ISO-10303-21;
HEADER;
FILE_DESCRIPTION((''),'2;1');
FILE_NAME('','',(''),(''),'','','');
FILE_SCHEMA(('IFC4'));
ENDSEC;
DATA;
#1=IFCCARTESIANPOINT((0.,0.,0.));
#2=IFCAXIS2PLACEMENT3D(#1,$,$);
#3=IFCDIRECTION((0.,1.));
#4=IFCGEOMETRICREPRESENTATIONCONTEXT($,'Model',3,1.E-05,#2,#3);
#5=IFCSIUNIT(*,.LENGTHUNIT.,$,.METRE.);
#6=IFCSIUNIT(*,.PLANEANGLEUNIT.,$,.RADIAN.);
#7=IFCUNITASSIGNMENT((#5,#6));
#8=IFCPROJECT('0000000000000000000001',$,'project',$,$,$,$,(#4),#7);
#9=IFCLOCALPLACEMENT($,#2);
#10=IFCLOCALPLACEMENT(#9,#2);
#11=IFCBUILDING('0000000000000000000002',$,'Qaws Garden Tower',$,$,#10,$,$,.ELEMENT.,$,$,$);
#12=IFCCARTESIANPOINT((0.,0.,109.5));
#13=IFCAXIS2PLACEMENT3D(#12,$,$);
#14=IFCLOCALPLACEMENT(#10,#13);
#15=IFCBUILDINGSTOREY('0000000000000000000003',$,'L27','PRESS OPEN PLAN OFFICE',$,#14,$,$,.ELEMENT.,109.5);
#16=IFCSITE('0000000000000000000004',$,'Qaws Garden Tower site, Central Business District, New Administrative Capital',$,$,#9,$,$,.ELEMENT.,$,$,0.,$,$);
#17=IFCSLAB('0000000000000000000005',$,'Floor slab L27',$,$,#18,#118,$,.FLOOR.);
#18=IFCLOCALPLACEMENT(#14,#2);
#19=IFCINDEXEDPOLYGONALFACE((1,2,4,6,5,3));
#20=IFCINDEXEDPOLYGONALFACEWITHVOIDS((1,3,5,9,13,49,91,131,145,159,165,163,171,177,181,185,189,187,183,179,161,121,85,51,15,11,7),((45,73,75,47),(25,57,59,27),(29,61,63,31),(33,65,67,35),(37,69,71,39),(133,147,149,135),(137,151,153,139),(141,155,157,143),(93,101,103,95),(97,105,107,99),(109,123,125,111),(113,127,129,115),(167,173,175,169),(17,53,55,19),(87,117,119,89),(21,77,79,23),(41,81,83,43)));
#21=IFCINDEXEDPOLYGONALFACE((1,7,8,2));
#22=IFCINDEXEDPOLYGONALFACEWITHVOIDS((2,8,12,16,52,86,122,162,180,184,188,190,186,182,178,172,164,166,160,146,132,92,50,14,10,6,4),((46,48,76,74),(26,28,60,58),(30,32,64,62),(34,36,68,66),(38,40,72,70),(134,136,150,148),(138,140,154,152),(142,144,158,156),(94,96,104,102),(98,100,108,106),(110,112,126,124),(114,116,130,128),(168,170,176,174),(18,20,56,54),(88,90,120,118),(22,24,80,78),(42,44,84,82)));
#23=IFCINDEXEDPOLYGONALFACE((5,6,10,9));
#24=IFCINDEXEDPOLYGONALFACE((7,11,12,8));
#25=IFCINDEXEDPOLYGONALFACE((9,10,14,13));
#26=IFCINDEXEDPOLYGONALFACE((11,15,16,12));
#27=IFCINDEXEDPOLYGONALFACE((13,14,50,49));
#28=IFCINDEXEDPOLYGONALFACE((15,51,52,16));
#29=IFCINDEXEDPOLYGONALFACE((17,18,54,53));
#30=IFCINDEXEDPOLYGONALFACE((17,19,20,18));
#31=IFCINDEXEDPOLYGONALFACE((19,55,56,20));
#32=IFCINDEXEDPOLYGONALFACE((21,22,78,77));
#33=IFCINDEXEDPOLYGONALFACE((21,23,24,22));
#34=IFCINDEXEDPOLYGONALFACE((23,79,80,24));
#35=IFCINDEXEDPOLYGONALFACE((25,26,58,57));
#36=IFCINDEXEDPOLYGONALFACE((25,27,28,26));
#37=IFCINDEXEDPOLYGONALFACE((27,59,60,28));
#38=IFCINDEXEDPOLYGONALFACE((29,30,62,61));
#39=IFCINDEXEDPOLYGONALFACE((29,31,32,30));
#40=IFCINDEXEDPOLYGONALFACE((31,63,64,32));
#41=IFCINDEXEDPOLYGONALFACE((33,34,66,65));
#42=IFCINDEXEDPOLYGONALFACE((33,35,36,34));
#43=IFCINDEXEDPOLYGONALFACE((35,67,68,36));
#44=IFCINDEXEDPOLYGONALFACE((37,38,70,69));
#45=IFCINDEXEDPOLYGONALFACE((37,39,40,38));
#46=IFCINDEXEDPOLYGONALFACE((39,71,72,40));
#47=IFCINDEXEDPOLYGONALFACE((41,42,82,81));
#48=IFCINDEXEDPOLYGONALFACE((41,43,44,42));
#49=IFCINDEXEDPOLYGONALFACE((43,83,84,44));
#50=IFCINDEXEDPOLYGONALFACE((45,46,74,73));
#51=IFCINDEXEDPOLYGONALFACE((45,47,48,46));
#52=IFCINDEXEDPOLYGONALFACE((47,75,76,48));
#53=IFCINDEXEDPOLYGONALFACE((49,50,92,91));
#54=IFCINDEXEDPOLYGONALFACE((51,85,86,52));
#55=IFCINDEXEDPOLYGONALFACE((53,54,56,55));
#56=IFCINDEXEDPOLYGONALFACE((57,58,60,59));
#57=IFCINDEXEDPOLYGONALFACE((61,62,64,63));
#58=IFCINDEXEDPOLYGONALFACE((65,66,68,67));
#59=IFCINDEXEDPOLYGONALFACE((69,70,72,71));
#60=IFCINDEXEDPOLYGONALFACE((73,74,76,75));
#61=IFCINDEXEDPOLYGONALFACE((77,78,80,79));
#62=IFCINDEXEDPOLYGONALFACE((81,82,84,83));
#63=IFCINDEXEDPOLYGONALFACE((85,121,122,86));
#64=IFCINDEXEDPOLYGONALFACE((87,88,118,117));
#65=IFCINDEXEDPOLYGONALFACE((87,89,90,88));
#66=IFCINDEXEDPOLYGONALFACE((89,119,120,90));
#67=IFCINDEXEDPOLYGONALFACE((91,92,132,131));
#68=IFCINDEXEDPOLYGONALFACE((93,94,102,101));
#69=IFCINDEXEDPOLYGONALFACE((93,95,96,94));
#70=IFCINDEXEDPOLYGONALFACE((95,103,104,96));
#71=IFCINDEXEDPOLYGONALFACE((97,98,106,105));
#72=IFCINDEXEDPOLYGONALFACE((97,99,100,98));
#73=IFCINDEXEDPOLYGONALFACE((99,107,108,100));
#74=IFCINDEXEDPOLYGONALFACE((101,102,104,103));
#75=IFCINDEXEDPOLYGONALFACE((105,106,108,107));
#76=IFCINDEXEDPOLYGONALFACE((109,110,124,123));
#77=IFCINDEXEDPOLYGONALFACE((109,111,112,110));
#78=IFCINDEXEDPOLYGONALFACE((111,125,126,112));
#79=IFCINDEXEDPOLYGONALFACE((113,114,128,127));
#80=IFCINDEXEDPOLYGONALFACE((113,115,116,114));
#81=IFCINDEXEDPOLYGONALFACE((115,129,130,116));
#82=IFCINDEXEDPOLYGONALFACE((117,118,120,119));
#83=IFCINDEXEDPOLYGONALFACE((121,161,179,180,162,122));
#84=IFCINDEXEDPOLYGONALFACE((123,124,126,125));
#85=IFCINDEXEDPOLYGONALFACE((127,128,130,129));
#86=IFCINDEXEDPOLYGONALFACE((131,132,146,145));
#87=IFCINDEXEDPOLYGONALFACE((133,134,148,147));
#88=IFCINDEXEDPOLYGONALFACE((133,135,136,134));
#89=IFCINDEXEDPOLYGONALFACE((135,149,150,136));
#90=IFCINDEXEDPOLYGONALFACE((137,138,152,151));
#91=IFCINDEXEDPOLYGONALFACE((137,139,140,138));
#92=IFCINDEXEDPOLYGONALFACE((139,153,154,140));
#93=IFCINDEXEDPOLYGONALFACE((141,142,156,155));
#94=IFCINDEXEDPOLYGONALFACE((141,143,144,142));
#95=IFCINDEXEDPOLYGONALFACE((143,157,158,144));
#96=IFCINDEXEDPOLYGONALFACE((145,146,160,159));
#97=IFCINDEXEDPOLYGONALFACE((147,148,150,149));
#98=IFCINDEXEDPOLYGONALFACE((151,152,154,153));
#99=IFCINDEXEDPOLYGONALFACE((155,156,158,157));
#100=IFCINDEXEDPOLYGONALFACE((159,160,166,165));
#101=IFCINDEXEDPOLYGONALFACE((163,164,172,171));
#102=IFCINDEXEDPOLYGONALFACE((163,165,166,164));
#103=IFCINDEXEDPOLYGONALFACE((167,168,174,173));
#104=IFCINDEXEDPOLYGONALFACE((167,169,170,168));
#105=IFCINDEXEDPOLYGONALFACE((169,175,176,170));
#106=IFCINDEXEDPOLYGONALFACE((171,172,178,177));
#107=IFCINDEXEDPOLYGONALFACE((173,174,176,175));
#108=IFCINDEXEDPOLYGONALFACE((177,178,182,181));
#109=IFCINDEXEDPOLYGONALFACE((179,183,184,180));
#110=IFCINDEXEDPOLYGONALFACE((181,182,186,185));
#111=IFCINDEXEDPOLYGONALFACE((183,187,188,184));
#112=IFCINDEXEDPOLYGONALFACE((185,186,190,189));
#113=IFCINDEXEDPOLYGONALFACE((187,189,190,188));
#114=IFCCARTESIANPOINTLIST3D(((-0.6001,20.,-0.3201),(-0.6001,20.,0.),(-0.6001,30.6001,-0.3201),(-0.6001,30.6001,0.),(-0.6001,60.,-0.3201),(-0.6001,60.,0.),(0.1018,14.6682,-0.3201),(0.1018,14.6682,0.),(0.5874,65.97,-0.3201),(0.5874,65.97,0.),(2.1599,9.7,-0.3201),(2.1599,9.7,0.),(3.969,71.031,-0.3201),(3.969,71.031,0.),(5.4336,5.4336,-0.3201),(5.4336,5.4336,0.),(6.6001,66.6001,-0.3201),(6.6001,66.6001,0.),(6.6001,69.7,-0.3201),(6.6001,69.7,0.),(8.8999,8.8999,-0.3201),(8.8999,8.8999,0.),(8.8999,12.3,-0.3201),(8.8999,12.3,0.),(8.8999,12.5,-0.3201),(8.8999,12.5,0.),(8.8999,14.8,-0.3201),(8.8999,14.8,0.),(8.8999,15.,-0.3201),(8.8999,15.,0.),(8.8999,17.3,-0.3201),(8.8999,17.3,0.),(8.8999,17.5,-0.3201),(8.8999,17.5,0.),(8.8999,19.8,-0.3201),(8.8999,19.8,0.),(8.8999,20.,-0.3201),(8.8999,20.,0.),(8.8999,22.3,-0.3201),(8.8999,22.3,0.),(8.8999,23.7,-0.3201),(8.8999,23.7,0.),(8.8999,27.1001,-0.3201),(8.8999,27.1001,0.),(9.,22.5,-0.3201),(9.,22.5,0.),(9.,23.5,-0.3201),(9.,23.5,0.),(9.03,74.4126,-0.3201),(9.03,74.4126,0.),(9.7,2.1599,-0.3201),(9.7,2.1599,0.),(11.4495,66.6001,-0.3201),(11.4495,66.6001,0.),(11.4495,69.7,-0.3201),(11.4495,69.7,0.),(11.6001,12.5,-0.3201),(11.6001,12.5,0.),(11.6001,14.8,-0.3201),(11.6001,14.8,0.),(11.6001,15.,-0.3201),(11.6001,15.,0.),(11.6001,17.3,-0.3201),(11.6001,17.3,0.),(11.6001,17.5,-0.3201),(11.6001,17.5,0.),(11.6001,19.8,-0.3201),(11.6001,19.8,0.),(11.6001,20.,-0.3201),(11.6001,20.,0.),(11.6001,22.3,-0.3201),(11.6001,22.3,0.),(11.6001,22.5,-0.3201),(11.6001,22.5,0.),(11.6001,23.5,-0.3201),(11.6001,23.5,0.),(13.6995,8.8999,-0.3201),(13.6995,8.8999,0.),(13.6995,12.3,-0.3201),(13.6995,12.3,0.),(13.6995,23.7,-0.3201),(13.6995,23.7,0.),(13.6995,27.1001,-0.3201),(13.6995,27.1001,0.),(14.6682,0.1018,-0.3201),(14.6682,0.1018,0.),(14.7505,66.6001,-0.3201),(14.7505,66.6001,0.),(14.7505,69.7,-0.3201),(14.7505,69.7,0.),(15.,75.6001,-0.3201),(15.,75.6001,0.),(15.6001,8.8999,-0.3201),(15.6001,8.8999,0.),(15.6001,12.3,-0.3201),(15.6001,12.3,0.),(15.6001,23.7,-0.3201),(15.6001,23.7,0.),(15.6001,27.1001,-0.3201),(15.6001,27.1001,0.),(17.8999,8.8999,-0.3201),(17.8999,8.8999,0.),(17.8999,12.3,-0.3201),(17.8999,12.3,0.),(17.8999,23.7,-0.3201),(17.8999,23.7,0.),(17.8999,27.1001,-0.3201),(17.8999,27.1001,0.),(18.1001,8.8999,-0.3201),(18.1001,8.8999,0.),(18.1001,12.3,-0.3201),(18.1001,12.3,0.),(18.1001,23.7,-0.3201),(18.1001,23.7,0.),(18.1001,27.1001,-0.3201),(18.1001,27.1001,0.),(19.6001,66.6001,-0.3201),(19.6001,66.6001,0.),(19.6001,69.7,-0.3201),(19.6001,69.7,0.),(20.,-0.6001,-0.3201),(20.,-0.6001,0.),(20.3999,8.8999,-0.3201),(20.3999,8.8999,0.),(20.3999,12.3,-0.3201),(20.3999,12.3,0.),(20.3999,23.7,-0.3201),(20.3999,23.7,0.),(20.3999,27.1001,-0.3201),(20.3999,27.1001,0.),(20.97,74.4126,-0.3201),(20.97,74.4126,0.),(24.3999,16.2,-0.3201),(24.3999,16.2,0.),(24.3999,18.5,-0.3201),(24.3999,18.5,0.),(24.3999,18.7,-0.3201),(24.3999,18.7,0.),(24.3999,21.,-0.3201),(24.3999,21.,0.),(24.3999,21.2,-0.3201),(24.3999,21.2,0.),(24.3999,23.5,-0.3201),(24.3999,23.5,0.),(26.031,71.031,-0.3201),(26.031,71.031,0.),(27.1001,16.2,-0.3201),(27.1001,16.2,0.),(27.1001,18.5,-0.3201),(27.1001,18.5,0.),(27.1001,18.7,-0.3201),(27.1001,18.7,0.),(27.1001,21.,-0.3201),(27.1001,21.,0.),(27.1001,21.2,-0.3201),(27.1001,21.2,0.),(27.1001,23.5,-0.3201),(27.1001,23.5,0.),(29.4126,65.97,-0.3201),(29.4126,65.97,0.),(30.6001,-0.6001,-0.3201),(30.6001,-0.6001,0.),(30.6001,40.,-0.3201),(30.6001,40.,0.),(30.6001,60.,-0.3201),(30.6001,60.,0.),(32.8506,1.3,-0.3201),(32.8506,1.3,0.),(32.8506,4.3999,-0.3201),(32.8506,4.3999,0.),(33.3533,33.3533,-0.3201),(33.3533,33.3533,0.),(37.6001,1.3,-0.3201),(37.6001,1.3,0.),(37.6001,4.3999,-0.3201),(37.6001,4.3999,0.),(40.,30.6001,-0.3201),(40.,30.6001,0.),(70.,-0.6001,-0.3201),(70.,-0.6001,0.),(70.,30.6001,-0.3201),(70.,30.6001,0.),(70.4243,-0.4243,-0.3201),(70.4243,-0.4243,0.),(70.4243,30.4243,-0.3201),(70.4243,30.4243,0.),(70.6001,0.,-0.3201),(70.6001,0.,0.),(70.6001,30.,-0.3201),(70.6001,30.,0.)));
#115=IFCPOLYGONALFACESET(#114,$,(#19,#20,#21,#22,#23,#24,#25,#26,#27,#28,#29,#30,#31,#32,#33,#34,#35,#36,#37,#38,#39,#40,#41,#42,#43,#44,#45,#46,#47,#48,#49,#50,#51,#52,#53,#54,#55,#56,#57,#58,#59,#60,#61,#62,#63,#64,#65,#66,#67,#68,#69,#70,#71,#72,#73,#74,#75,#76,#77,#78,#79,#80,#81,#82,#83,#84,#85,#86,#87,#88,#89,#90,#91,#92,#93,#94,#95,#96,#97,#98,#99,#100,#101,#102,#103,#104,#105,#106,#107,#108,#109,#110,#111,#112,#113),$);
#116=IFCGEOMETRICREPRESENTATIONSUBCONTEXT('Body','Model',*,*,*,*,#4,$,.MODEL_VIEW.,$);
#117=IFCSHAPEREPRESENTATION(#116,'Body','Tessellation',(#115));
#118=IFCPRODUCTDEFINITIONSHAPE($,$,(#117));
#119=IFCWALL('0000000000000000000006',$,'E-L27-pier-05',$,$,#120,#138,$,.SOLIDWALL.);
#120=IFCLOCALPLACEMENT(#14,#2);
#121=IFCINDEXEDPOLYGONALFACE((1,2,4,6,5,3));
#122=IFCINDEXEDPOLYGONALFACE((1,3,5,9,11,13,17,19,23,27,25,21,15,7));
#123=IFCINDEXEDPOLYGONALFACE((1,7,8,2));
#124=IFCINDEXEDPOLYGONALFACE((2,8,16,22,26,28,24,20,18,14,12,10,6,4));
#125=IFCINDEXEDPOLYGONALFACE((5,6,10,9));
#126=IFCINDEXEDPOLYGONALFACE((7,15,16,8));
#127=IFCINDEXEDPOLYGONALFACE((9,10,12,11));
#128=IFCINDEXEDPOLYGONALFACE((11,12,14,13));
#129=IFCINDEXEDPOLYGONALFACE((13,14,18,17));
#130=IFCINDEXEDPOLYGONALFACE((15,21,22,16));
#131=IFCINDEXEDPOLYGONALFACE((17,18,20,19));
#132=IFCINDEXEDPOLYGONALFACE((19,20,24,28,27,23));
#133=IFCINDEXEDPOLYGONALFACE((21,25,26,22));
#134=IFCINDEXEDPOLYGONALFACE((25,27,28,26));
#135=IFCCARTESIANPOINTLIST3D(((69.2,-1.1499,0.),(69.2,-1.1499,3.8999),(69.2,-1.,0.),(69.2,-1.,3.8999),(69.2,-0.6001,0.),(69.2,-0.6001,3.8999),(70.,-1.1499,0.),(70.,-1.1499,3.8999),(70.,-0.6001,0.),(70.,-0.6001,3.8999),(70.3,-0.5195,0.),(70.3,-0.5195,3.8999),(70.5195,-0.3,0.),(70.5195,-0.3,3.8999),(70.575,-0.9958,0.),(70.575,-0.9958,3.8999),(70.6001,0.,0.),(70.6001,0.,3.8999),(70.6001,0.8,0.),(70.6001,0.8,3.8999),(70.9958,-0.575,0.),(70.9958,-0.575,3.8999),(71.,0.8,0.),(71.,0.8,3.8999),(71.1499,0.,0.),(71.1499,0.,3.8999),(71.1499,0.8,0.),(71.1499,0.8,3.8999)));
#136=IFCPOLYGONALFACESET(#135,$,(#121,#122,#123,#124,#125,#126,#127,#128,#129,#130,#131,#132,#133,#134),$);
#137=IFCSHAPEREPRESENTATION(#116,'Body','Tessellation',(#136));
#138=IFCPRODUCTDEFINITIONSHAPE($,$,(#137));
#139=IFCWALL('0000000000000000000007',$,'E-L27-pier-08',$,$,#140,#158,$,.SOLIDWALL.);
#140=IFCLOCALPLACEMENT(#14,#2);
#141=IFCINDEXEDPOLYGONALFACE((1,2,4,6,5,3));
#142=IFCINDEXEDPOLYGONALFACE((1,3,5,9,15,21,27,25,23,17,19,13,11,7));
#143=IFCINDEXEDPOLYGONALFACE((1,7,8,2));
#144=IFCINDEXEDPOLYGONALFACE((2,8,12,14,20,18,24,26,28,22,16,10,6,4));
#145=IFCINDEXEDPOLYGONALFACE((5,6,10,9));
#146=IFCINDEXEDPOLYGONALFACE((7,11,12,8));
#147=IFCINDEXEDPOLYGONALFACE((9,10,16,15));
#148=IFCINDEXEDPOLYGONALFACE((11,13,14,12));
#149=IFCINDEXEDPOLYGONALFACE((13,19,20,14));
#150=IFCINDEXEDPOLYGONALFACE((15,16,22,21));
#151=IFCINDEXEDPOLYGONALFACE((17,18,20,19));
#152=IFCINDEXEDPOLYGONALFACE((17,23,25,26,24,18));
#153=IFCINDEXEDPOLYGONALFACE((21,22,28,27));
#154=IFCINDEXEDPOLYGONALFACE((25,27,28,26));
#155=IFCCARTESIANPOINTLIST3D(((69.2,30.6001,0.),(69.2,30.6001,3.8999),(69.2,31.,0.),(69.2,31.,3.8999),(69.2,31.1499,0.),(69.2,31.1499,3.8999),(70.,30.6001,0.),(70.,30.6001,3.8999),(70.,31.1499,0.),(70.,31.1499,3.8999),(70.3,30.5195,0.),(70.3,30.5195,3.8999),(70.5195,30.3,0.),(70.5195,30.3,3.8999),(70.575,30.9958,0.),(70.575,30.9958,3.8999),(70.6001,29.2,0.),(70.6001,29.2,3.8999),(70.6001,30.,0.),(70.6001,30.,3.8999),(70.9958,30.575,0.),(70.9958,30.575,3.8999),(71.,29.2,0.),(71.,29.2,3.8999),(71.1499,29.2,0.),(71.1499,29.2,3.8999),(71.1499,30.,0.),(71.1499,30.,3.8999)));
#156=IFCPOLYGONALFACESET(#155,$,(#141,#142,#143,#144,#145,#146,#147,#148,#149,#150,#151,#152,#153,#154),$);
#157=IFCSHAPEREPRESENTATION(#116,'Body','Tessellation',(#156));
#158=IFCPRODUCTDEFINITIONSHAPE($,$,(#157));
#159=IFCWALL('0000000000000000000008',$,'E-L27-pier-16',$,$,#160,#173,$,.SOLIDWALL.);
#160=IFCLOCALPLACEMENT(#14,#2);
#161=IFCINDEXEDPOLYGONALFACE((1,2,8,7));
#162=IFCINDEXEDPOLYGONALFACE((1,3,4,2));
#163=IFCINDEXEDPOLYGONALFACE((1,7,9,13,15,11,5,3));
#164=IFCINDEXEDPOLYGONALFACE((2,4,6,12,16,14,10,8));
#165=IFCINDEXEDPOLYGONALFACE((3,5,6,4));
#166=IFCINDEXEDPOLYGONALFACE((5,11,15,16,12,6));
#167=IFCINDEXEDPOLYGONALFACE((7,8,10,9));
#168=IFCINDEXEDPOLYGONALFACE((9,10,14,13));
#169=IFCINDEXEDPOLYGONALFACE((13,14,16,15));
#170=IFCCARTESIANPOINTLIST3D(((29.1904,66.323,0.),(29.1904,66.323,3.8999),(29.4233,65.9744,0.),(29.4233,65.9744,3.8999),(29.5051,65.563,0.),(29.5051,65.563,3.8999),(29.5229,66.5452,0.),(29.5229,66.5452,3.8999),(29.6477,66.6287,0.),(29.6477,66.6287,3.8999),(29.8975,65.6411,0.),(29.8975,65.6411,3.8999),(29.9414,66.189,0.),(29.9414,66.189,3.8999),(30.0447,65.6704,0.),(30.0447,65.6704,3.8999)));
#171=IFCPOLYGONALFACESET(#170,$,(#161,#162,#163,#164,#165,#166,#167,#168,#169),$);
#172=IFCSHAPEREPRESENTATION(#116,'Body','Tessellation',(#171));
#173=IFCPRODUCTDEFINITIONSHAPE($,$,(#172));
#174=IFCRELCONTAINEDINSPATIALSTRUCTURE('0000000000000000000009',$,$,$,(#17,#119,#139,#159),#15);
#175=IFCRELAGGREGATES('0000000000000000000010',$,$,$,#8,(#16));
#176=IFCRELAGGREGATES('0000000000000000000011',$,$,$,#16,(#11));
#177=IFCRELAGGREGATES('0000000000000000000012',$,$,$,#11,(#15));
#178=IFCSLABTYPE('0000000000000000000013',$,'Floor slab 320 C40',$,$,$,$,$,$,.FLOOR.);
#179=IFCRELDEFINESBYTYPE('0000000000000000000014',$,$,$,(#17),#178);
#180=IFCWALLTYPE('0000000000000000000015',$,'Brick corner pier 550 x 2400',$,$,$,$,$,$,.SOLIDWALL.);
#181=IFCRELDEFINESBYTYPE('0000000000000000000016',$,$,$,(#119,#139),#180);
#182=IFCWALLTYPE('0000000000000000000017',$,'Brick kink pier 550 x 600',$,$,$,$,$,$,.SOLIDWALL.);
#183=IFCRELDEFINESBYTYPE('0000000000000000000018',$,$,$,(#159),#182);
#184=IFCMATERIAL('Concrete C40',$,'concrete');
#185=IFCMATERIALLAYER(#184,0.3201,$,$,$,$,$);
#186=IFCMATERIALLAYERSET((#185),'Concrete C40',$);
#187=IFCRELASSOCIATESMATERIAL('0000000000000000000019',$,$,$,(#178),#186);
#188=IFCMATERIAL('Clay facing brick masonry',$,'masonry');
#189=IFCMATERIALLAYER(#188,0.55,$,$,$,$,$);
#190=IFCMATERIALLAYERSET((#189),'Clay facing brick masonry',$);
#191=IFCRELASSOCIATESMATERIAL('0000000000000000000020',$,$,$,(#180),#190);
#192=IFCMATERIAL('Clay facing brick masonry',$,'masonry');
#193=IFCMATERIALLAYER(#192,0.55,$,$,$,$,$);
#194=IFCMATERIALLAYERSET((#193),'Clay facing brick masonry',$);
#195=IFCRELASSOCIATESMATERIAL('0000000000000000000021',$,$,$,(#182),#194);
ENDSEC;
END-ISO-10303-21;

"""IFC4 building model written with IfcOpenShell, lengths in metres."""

from ifc_helpers import new_model, si_unit, direction, frame, origin, place, context, subcontext, project, spatial, polyline, outline, extrude, material, layer, layer_set, type_object, element, save


model = new_model("IFC4")

# Units and contexts
model_context = context("Model", 3, precision=1e-05, world=origin(), true_north=direction((0.0, 1.0)))
body_context = subcontext(model_context, "Body", "Model", "MODEL_VIEW")
ifc_project = project(units=[si_unit("LENGTHUNIT", "METRE"), si_unit("PLANEANGLEUNIT", "RADIAN")], contexts=[model_context])

# Site, building, storey
site_placement = place(None, origin())
site = spatial("IfcSite", under=ifc_project, at=site_placement, Name="Qaws Garden Tower site, Central Business District, New Administrative Capital", CompositionType="ELEMENT", RefElevation=0.0)
building_placement = place(site_placement, origin())
building = spatial("IfcBuilding", under=site, at=building_placement, Name="Qaws Garden Tower", CompositionType="ELEMENT")
storey_placement = place(building_placement, frame((0.0, 0.0, 109.5)))
storey = spatial("IfcBuildingStorey", under=building, at=storey_placement, Name="L27", Description="PRESS OPEN PLAN OFFICE", CompositionType="ELEMENT", Elevation=109.5)

# Slab
ifc_material_1 = material(Name="Concrete C40", Category="concrete")
ifc_layer_1 = layer(ifc_material_1, 0.3201)
ifc_layer_set_1 = layer_set([ifc_layer_1], Name="Concrete C40")
slab_type = type_object("IfcSlabType", Name="Floor slab 320 C40", PredefinedType="FLOOR", material=ifc_layer_set_1)
slab_placement = place(storey_placement, frame((0.0, 0.0, -0.3201)))
element("IfcSlab", 1, at=slab_placement, inside=storey, type_object=slab_type, Name="Floor slab L27", PredefinedType="FLOOR", context=body_context, shape_type="SweptSolid", body=[
    extrude(outline(polyline([(0.1018, 14.6682), (-0.6001, 20.0), (-0.6001, 30.6001), (-0.6001, 60.0), (-0.6001, 60.0), (0.5874, 65.97), (3.969, 71.031), (9.03, 74.4126), (15.0, 75.6001), (20.97, 74.4126), (26.031, 71.031), (29.4126, 65.97), (30.6001, 60.0), (30.6001, 40.0), (33.3533, 33.3533), (40.0, 30.6001), (70.0, 30.6001), (70.4243, 30.4243), (70.6001, 30.0), (70.6001, 0.0), (70.4243, -0.4243), (70.0, -0.6001), (30.6001, -0.6001), (20.0, -0.6001), (14.6682, 0.1018), (9.7, 2.1599), (5.4336, 5.4336), (2.1599, 9.7), (0.1018, 14.6682)]), holes=[polyline([(13.6995, 12.3), (8.8999, 12.3), (8.8999, 8.8999), (13.6995, 8.8999), (13.6995, 12.3)]), polyline([(17.8999, 12.3), (15.6001, 12.3), (15.6001, 8.8999), (17.8999, 8.8999), (17.8999, 12.3)]), polyline([(11.6001, 14.8), (8.8999, 14.8), (8.8999, 12.5), (11.6001, 12.5), (11.6001, 14.8)]), polyline([(11.6001, 17.3), (8.8999, 17.3), (8.8999, 15.0), (11.6001, 15.0), (11.6001, 17.3)]), polyline([(11.6001, 19.8), (8.8999, 19.8), (8.8999, 17.5), (11.6001, 17.5), (11.6001, 19.8)]), polyline([(11.6001, 22.3), (8.8999, 22.3), (8.8999, 20.0), (11.6001, 20.0), (11.6001, 22.3)]), polyline([(11.6001, 23.5), (9.0, 23.5), (9.0, 22.5), (11.6001, 22.5), (11.6001, 23.5)]), polyline([(13.6995, 27.1001), (8.8999, 27.1001), (8.8999, 23.7), (13.6995, 23.7), (13.6995, 27.1001)]), polyline([(11.4495, 69.7), (6.6001, 69.7), (6.6001, 66.6001), (11.4495, 66.6001), (11.4495, 69.7)]), polyline([(37.6001, 4.3999), (32.8506, 4.3999), (32.8506, 1.3), (37.6001, 1.3), (37.6001, 4.3999)]), polyline([(20.3999, 12.3), (18.1001, 12.3), (18.1001, 8.8999), (20.3999, 8.8999), (20.3999, 12.3)]), polyline([(27.1001, 18.5), (24.3999, 18.5), (24.3999, 16.2), (27.1001, 16.2), (27.1001, 18.5)]), polyline([(27.1001, 21.0), (24.3999, 21.0), (24.3999, 18.7), (27.1001, 18.7), (27.1001, 21.0)]), polyline([(27.1001, 23.5), (24.3999, 23.5), (24.3999, 21.2), (27.1001, 21.2), (27.1001, 23.5)]), polyline([(17.8999, 27.1001), (15.6001, 27.1001), (15.6001, 23.7), (17.8999, 23.7), (17.8999, 27.1001)]), polyline([(20.3999, 23.7), (20.3999, 27.1001), (18.1001, 27.1001), (18.1001, 23.7), (20.3999, 23.7)]), polyline([(19.6001, 66.6001), (19.6001, 69.7), (14.7505, 69.7), (14.7505, 66.6001), (19.6001, 66.6001)])]), origin(), (0.0, 0.0, 1.0), 0.3201),
])

# Walls
ifc_material_2 = material(Name="Clay facing brick masonry", Category="masonry")
ifc_layer_2 = layer(ifc_material_2, 0.55)
ifc_layer_set_2 = layer_set([ifc_layer_2], Name="Clay facing brick masonry")
wall_type_1 = type_object("IfcWallType", Name="Brick corner pier 550 x 2400", PredefinedType="SOLIDWALL", material=ifc_layer_set_2)
placement = place(storey_placement, origin())
element("IfcWall", 2, at=placement, inside=storey, type_object=wall_type_1, Name="E-L27-pier-05", PredefinedType="SOLIDWALL", context=body_context, shape_type="SweptSolid", body=[
    extrude(outline(polyline([(69.2, -1.0), (69.2, -1.1499), (70.0, -1.1499), (70.575, -0.9958), (70.9958, -0.575), (71.1499, 0.0), (71.1499, 0.8), (71.0, 0.8), (70.6001, 0.8), (70.6001, 0.0), (70.5195, -0.3), (70.3, -0.5195), (70.0, -0.6001), (69.2, -0.6001), (69.2, -1.0)])), origin(), (0.0, 0.0, 1.0), 3.8999),
])
element("IfcWall", 3, at=placement, inside=storey, type_object=wall_type_1, Name="E-L27-pier-08", PredefinedType="SOLIDWALL", context=body_context, shape_type="SweptSolid", body=[
    extrude(outline(polyline([(71.0, 29.2), (71.1499, 29.2), (71.1499, 30.0), (70.9958, 30.575), (70.575, 30.9958), (70.0, 31.1499), (69.2, 31.1499), (69.2, 31.0), (69.2, 30.6001), (70.0, 30.6001), (70.3, 30.5195), (70.5195, 30.3), (70.6001, 30.0), (70.6001, 29.2), (71.0, 29.2)])), origin(), (0.0, 0.0, 1.0), 3.8999),
])
ifc_material_3 = material(Name="Clay facing brick masonry", Category="masonry")
ifc_layer_3 = layer(ifc_material_3, 0.55)
ifc_layer_set_3 = layer_set([ifc_layer_3], Name="Clay facing brick masonry")
wall_type_2 = type_object("IfcWallType", Name="Brick kink pier 550 x 600", PredefinedType="SOLIDWALL", material=ifc_layer_set_3)
element("IfcWall", 4, at=placement, inside=storey, type_object=wall_type_2, Name="E-L27-pier-16", PredefinedType="SOLIDWALL", context=body_context, shape_type="SweptSolid", body=[
    extrude(outline(polyline([(29.8975, 65.6411), (30.0447, 65.6704), (29.9414, 66.189), (29.6477, 66.6287), (29.5229, 66.5452), (29.1904, 66.323), (29.4233, 65.9744), (29.5051, 65.563), (29.8975, 65.6411)])), origin(), (0.0, 0.0, 1.0), 3.8999),
])

save(model, "model.ifc")
